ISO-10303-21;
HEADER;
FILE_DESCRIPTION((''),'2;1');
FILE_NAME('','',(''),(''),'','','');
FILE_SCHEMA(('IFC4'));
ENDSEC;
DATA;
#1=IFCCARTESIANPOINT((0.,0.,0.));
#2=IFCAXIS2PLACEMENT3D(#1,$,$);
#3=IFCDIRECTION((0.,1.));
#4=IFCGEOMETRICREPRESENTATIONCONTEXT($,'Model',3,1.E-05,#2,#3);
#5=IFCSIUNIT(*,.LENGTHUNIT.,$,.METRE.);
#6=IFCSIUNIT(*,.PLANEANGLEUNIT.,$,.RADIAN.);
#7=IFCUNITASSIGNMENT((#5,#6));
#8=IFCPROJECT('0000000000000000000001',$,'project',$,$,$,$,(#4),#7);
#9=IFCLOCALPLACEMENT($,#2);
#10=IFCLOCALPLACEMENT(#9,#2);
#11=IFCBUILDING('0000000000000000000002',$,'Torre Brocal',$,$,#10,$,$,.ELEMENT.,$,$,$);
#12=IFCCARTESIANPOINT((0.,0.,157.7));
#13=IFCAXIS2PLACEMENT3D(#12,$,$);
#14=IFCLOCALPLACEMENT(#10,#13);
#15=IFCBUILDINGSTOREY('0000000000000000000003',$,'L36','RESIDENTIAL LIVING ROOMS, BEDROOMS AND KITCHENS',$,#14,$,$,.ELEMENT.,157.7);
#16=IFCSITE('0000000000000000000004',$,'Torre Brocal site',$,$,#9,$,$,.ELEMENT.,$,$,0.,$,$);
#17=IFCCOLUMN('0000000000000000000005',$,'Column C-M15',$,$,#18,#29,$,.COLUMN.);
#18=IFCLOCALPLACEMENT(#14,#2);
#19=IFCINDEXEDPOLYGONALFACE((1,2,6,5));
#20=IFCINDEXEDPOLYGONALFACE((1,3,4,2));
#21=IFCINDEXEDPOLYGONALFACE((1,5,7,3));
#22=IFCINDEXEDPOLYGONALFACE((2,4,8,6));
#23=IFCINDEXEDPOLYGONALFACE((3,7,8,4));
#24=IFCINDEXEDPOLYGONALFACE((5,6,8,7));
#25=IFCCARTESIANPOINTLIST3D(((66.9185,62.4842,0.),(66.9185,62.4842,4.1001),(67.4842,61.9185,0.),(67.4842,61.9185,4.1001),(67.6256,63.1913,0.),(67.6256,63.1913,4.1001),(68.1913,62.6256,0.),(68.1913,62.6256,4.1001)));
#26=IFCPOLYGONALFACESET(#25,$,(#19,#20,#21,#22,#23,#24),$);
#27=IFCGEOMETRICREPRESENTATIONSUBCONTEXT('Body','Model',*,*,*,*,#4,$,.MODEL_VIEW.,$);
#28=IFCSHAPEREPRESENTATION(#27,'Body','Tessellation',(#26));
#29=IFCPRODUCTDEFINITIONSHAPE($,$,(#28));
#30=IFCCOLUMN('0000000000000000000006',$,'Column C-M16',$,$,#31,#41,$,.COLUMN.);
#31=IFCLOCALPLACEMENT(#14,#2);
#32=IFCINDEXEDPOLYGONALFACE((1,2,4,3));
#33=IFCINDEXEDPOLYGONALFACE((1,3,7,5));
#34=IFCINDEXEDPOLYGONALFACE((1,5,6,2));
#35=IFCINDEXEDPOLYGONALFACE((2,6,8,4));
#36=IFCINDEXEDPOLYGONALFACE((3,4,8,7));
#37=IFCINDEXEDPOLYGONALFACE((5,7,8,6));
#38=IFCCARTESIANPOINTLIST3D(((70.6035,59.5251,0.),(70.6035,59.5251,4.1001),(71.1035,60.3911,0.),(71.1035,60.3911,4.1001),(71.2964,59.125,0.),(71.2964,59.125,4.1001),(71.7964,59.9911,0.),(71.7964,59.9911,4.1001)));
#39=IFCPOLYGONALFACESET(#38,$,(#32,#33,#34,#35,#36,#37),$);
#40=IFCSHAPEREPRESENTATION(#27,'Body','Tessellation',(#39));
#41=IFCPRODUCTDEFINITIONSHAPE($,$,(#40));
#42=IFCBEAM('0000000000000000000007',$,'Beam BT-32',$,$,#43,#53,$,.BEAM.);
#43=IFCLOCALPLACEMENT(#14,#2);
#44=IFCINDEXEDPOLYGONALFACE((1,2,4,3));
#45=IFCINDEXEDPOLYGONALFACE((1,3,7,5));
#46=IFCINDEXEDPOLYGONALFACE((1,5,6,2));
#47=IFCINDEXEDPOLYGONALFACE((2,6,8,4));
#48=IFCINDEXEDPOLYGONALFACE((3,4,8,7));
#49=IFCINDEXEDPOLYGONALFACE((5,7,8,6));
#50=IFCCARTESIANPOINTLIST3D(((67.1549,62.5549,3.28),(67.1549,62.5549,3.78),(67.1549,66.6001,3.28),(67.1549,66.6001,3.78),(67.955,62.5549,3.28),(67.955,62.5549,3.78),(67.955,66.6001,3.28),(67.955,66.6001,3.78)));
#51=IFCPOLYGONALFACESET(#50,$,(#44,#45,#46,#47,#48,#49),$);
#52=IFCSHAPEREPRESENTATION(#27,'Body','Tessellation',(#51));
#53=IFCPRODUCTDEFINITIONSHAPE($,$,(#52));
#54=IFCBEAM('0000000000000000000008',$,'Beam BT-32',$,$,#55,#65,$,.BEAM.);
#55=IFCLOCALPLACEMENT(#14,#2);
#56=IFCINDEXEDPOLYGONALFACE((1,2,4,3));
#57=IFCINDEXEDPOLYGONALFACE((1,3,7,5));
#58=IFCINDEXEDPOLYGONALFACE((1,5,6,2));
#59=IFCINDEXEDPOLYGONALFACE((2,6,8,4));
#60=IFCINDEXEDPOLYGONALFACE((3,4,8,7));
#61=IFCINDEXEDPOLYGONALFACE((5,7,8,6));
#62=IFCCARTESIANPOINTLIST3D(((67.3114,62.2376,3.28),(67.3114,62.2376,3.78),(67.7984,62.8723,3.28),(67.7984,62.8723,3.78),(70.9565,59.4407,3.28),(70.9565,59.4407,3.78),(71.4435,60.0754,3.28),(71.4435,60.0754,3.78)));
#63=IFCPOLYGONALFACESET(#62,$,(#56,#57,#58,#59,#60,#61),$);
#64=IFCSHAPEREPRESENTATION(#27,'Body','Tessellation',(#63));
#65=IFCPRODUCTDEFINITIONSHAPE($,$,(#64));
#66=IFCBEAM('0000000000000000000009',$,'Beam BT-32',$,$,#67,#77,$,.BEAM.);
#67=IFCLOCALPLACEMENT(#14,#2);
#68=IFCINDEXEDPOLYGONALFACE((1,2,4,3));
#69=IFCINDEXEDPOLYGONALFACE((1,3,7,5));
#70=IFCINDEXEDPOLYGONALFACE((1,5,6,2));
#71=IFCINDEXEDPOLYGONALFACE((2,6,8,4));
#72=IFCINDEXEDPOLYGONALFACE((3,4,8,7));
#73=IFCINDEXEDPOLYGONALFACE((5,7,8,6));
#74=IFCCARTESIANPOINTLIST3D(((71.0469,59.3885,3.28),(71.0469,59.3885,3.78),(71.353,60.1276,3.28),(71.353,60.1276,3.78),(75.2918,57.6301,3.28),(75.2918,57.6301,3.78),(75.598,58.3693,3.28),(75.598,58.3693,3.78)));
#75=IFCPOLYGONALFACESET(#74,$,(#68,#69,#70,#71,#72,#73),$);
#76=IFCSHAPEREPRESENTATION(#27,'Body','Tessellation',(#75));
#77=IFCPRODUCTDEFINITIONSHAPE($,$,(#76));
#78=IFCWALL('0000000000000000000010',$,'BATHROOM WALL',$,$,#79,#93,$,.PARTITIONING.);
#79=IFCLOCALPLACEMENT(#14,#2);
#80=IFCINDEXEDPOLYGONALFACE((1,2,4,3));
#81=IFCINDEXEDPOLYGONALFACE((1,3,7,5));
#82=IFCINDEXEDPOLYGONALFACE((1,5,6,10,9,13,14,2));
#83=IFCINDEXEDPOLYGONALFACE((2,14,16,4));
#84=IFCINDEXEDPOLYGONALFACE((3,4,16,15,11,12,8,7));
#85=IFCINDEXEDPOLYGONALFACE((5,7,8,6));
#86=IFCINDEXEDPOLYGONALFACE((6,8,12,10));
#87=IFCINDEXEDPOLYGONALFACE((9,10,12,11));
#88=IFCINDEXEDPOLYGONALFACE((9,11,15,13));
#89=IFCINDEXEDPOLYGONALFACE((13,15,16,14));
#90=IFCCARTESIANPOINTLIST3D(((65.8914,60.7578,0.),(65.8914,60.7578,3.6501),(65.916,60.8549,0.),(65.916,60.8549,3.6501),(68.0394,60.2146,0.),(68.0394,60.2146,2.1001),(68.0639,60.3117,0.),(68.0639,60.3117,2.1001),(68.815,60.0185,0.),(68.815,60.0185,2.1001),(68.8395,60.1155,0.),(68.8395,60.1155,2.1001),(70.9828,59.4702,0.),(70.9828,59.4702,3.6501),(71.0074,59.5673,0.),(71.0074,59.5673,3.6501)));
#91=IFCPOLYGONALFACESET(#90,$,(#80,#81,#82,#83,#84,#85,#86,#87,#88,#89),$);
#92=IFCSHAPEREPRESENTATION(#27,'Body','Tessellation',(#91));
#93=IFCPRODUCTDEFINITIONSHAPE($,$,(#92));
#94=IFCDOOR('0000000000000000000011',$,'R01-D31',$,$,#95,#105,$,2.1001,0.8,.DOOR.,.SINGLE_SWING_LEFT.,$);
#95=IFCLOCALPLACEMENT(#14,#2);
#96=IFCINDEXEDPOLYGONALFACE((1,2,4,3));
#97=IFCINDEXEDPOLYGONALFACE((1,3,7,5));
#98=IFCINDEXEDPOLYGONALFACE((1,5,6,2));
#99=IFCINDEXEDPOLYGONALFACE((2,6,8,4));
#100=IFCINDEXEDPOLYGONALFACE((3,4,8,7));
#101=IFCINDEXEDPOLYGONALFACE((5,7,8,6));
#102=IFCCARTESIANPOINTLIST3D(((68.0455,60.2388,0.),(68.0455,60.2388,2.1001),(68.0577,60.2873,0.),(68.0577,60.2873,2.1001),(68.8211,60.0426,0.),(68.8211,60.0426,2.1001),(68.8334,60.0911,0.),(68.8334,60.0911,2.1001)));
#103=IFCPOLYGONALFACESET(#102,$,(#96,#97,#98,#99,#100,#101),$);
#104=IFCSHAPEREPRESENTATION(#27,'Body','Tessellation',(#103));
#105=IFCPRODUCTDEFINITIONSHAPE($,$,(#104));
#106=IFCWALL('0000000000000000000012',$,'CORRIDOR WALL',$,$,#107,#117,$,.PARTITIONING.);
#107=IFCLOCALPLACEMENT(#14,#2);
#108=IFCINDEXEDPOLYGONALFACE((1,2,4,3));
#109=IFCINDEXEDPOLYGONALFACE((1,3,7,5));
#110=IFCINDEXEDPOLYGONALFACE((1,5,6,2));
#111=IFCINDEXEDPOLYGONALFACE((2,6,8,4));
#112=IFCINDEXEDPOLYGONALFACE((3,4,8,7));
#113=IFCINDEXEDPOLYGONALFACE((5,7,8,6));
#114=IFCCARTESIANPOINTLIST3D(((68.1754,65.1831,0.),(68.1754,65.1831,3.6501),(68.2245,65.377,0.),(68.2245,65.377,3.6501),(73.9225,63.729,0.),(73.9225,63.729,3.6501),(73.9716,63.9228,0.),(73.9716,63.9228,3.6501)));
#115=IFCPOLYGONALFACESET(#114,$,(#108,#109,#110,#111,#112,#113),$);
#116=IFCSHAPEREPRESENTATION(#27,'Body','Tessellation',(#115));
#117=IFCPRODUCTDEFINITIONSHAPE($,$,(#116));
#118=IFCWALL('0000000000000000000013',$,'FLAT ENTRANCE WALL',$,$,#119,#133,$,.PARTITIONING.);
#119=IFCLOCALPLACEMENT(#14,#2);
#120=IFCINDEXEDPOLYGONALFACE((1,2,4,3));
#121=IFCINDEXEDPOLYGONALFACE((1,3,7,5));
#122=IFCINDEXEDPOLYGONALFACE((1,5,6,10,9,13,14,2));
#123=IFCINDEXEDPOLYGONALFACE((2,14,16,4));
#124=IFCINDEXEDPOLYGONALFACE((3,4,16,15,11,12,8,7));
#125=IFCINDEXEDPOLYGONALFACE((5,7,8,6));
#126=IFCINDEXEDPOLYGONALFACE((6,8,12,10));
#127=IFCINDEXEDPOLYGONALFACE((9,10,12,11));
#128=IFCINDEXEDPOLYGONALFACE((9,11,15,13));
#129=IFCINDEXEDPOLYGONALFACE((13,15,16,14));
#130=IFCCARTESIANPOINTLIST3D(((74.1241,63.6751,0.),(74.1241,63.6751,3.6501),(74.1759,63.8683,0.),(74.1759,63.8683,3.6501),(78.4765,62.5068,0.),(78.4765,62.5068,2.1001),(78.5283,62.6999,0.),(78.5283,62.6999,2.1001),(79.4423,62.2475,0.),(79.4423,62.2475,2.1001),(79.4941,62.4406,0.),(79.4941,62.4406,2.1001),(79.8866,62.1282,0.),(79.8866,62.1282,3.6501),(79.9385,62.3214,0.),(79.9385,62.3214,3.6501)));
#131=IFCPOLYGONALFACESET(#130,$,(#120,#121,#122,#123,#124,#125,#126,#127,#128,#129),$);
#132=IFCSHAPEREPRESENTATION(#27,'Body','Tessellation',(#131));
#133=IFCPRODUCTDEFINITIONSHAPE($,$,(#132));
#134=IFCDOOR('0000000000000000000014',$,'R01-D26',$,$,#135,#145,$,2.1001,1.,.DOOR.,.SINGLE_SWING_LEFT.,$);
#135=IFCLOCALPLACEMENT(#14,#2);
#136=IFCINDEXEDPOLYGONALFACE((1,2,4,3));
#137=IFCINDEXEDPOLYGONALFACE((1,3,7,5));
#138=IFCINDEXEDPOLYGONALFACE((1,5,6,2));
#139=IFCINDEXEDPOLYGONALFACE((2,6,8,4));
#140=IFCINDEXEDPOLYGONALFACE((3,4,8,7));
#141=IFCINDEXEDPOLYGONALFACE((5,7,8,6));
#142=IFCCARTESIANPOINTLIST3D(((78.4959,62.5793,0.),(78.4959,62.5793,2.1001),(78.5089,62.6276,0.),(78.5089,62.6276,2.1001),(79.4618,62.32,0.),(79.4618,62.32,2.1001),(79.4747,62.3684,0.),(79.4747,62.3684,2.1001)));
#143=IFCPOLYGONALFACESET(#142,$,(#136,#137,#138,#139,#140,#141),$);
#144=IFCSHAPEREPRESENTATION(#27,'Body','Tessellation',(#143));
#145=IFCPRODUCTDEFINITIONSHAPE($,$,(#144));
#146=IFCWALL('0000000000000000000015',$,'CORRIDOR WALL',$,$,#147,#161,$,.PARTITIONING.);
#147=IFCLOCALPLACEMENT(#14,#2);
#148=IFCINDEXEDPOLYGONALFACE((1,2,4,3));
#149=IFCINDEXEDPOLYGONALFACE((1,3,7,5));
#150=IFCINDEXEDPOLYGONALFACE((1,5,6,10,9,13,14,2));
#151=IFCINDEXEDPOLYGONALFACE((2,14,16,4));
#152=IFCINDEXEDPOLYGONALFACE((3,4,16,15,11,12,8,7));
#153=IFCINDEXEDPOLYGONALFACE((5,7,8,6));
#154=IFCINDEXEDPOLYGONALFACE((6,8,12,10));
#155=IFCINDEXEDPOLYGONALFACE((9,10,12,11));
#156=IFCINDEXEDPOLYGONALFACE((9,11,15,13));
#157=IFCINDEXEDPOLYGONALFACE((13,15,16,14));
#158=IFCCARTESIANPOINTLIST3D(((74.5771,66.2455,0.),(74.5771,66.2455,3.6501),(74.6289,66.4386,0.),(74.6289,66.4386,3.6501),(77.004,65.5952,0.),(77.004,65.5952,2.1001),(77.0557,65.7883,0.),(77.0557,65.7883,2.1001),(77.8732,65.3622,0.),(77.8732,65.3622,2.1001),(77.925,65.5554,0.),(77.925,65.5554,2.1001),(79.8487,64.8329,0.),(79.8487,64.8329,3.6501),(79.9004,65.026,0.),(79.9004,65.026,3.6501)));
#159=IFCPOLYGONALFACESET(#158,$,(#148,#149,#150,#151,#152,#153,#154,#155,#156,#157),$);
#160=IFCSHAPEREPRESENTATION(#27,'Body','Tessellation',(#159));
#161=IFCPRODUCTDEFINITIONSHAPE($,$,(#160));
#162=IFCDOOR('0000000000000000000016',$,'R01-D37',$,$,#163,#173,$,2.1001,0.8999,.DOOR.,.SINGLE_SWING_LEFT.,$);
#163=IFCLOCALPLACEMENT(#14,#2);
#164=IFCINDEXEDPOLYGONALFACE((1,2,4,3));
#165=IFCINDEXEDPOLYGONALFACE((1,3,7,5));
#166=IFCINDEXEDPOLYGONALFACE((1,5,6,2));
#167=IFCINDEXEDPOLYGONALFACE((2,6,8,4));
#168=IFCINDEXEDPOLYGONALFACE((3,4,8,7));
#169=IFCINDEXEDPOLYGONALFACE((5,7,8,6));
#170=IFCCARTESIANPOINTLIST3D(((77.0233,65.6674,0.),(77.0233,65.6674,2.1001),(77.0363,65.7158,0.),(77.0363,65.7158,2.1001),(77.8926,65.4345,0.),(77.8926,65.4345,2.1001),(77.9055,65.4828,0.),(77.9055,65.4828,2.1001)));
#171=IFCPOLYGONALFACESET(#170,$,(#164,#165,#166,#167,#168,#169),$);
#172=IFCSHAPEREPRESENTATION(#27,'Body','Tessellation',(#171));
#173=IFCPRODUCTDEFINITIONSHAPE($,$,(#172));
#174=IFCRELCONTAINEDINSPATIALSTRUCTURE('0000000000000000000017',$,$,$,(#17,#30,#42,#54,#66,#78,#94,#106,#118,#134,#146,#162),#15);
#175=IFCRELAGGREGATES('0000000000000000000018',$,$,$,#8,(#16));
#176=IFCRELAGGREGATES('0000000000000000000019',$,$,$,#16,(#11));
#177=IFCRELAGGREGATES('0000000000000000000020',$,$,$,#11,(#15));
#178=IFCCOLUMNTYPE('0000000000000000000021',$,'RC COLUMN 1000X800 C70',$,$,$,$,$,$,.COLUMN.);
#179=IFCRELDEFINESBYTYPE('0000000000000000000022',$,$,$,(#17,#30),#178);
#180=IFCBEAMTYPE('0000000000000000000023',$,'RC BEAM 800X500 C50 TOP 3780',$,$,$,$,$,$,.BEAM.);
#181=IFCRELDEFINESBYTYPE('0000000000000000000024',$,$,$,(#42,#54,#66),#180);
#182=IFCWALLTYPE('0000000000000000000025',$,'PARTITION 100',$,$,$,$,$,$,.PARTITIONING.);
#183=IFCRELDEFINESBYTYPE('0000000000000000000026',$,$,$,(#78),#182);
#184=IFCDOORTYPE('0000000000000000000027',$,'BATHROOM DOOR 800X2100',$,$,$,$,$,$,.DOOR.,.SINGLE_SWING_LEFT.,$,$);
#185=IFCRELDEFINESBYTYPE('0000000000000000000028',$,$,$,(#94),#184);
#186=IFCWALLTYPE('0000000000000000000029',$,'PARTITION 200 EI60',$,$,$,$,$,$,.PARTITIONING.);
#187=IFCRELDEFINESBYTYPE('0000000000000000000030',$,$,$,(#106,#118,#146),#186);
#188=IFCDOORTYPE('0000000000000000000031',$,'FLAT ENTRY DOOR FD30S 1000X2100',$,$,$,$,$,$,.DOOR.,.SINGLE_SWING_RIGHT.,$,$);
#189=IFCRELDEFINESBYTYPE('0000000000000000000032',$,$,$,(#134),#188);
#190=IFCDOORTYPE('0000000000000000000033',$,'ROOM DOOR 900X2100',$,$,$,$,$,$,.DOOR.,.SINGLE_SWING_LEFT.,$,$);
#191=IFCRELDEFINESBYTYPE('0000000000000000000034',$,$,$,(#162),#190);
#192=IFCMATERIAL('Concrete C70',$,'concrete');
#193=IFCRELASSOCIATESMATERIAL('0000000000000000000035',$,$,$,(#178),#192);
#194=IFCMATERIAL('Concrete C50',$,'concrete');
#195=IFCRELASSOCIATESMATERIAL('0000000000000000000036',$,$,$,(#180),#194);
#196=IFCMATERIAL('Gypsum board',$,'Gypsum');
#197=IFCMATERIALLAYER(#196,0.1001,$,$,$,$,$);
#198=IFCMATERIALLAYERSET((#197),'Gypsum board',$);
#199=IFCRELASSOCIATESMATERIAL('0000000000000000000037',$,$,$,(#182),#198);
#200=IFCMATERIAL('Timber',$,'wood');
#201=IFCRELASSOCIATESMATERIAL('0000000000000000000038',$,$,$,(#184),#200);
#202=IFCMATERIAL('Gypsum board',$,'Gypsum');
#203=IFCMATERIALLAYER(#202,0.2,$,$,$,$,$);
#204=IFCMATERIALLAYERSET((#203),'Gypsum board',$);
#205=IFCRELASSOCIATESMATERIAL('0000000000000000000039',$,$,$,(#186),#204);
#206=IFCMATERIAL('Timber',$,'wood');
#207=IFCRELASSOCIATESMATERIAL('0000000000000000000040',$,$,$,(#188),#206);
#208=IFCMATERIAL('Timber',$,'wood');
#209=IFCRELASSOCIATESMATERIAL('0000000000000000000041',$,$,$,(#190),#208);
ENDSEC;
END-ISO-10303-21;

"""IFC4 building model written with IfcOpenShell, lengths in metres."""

from ifc_helpers import new_model, si_unit, direction, frame, frame_2d, origin, origin_2d, place, context, subcontext, project, spatial, rectangle, extrude, material, layer, layer_set, material_profile, profile_set, type_object, element, fill, save


model = new_model("IFC4")

# Units and contexts
model_context = context("Model", 3, precision=1e-05, world=origin(), true_north=direction((0.0, 1.0)))
body_context = subcontext(model_context, "Body", "Model", "MODEL_VIEW")
ifc_project = project(units=[si_unit("LENGTHUNIT", "METRE"), si_unit("PLANEANGLEUNIT", "RADIAN")], contexts=[model_context])

# Site, building, storey
site_placement = place(None, origin())
site = spatial("IfcSite", under=ifc_project, at=site_placement, Name="Torre Brocal site", CompositionType="ELEMENT", RefElevation=0.0)
building_placement = place(site_placement, origin())
building = spatial("IfcBuilding", under=site, at=building_placement, Name="Torre Brocal", CompositionType="ELEMENT")
storey_placement = place(building_placement, frame((0.0, 0.0, 157.7)))
storey = spatial("IfcBuildingStorey", under=building, at=storey_placement, Name="L36", Description="RESIDENTIAL LIVING ROOMS, BEDROOMS AND KITCHENS", CompositionType="ELEMENT", Elevation=157.7)

# Columns
ifc_material_1 = material(Name="Concrete C70", Category="concrete")
ifc_material_profile_1 = material_profile(ifc_material_1, rectangle(XDim=1.0, YDim=0.8, at=origin_2d()), Name="RC 1000X800")
ifc_profile_set_1 = profile_set([ifc_material_profile_1], Name="Concrete C70")
column_type = type_object("IfcColumnType", Name="RC COLUMN 1000X800 C70", PredefinedType="COLUMN", material=ifc_profile_set_1)
for number, where, z_axis, x_axis, name in (
    (1, (67.5549, 62.5549, 0.0), (0.0, 0.0, 1.0), (-0.707107, -0.707107, 0.0), "Column C-M15"),
    (2, (71.2, 59.7581, 0.0), (0.0, 0.0, 1.0), (-0.5, -0.866025, 0.0), "Column C-M16"),
):
    element("IfcColumn", number, at=place(storey_placement, frame(where, z_axis=z_axis, x_axis=x_axis)), inside=storey, type_object=column_type, Name=name, PredefinedType="COLUMN", context=body_context, shape_type="SweptSolid", body=[
        extrude(rectangle(XDim=1.0, YDim=0.8, at=origin_2d()), origin(), (0.0, 0.0, 1.0), 4.1001),
    ])

# Beams
ifc_material_2 = material(Name="Concrete C50", Category="concrete")
ifc_material_profile_2 = material_profile(ifc_material_2, rectangle(XDim=0.8, YDim=0.5, at=origin_2d()), Name="RC 800X500")
ifc_profile_set_2 = profile_set([ifc_material_profile_2], Name="Concrete C50")
beam_type = type_object("IfcBeamType", Name="RC BEAM 800X500 C50 TOP 3780", PredefinedType="BEAM", material=ifc_profile_set_2)
beam_1_placement = place(storey_placement, frame((67.5549, 62.5549, 3.53), z_axis=(0.0, 1.0, 0.0), x_axis=(-1.0, 0.0, 0.0)))
element("IfcBeam", 3, at=beam_1_placement, inside=storey, type_object=beam_type, Name="Beam BT-32", PredefinedType="BEAM", context=body_context, shape_type="SweptSolid", body=[
    extrude(rectangle(XDim=0.8, YDim=0.5, at=origin_2d()), origin(), (0.0, 0.0, 1.0), 4.0452),
])
beam_2_placement = place(storey_placement, frame((67.5549, 62.5549, 3.53), z_axis=(0.793358, -0.608755, 0.0), x_axis=(0.608755, 0.793358, 0.0)))
element("IfcBeam", 4, at=beam_2_placement, inside=storey, type_object=beam_type, Name="Beam BT-32", PredefinedType="BEAM", context=body_context, shape_type="SweptSolid", body=[
    extrude(rectangle(XDim=0.8, YDim=0.5, at=origin_2d()), origin(), (0.0, 0.0, 1.0), 4.5945),
])
beam_3_placement = place(storey_placement, frame((71.2, 59.7581, 3.53), z_axis=(0.923878, -0.382687, 0.0), x_axis=(0.382687, 0.923878, 0.0)))
element("IfcBeam", 5, at=beam_3_placement, inside=storey, type_object=beam_type, Name="Beam BT-32", PredefinedType="BEAM", context=body_context, shape_type="SweptSolid", body=[
    extrude(rectangle(XDim=0.8, YDim=0.5, at=origin_2d()), origin(), (0.0, 0.0, 1.0), 4.5947),
])

# Wall, opening, door
ifc_material_3 = material(Name="Gypsum board", Category="Gypsum")
ifc_layer_1 = layer(ifc_material_3, 0.1001)
ifc_layer_set_1 = layer_set([ifc_layer_1], Name="Gypsum board")
wall_type_1 = type_object("IfcWallType", Name="PARTITION 100", PredefinedType="PARTITIONING", material=ifc_layer_set_1)
wall_1_placement = place(storey_placement, frame((65.9036, 60.8064, 0.0), z_axis=(0.0, 0.0, 1.0), x_axis=(0.969477, -0.245182, 0.0)))
wall_1 = element("IfcWall", 6, at=wall_1_placement, inside=storey, type_object=wall_type_1, Name="BATHROOM WALL", PredefinedType="PARTITIONING", context=body_context, shape_type="SweptSolid", body=[
    extrude(rectangle(XDim=5.2517, YDim=0.1001, at=frame_2d((2.626, 0.0))), origin(), (0.0, 0.0, 1.0), 3.6501),
])
opening_1_placement = place(wall_1_placement, frame((2.2158, 0.0, 0.0)))
opening_1 = element("IfcOpeningElement", 7, at=opening_1_placement, cuts=wall_1, PredefinedType="OPENING", context=body_context, shape_type="SweptSolid", body=[
    extrude(rectangle(XDim=0.8, YDim=2.1001, at=frame_2d((0.3999, 1.05))), frame((0.0, 0.0601, 0.0), z_axis=(0.0, -1.0, 0.0), x_axis=(1.0, 0.0, 0.0)), (0.0, 0.0, 1.0), 0.1201),
])
ifc_material_4 = material(Name="Timber", Category="wood")
door_type_1 = type_object("IfcDoorType", Name="BATHROOM DOOR 800X2100", OperationType="SINGLE_SWING_LEFT", PredefinedType="DOOR", material=ifc_material_4)
door_1_placement = place(opening_1_placement, origin())
door_1 = element("IfcDoor", 8, at=door_1_placement, inside=storey, type_object=door_type_1, Name="R01-D31", OperationType="SINGLE_SWING_LEFT", OverallHeight=2.1001, OverallWidth=0.8, PredefinedType="DOOR", context=body_context, shape_type="SweptSolid", body=[
    extrude(rectangle(XDim=0.8, YDim=2.1001, at=frame_2d((0.3999, 1.05))), frame((0.0, 0.0249, 0.0), z_axis=(0.0, -1.0, 0.0), x_axis=(1.0, 0.0, 0.0)), (0.0, 0.0, 1.0), 0.05),
])
fill(opening_1, door_1)

# Wall
ifc_material_5 = material(Name="Gypsum board", Category="Gypsum")
ifc_layer_2 = layer(ifc_material_5, 0.2)
ifc_layer_set_2 = layer_set([ifc_layer_2], Name="Gypsum board")
wall_type_2 = type_object("IfcWallType", Name="PARTITION 200 EI60", PredefinedType="PARTITIONING", material=ifc_layer_set_2)
wall_2_placement = place(storey_placement, frame((68.2, 65.28, 0.0), z_axis=(0.0, 0.0, 1.0), x_axis=(0.969451, -0.245287, 0.0)))
element("IfcWall", 9, at=wall_2_placement, inside=storey, type_object=wall_type_2, Name="CORRIDOR WALL", PredefinedType="PARTITIONING", context=body_context, shape_type="SweptSolid", body=[
    extrude(rectangle(XDim=5.9282, YDim=0.2, at=frame_2d((2.9641, 0.0))), origin(), (0.0, 0.0, 1.0), 3.6501),
])

# Walls, openings, doors
wall_3_placement = place(storey_placement, frame((74.1499, 63.7717, 0.0), z_axis=(0.0, 0.0, 1.0), x_axis=(0.965807, -0.259262, 0.0)))
wall_3 = element("IfcWall", 10, at=wall_3_placement, inside=storey, type_object=wall_type_2, Name="FLAT ENTRANCE WALL", PredefinedType="PARTITIONING", context=body_context, shape_type="SweptSolid", body=[
    extrude(rectangle(XDim=5.9666, YDim=0.2, at=frame_2d((2.9834, 0.0))), origin(), (0.0, 0.0, 1.0), 3.6501),
])
opening_2_placement = place(wall_3_placement, frame((4.5066, 0.0, 0.0)))
opening_2 = element("IfcOpeningElement", 11, at=opening_2_placement, cuts=wall_3, PredefinedType="OPENING", context=body_context, shape_type="SweptSolid", body=[
    extrude(rectangle(XDim=1.0, YDim=2.1001, at=frame_2d((0.5, 1.05))), frame((0.0, 0.1099, 0.0), z_axis=(0.0, -1.0, 0.0), x_axis=(1.0, 0.0, 0.0)), (0.0, 0.0, 1.0), 0.22),
])
ifc_material_6 = material(Name="Timber", Category="wood")
door_type_2 = type_object("IfcDoorType", Name="FLAT ENTRY DOOR FD30S 1000X2100", OperationType="SINGLE_SWING_RIGHT", PredefinedType="DOOR", material=ifc_material_6)
door_2_placement = place(opening_2_placement, frame((1.0, 0.0, 0.0), z_axis=(0.0, 0.0, 1.0), x_axis=(-1.0, 0.0, 0.0)))
door_2 = element("IfcDoor", 12, at=door_2_placement, inside=storey, type_object=door_type_2, Name="R01-D26", OperationType="SINGLE_SWING_LEFT", OverallHeight=2.1001, OverallWidth=1.0, PredefinedType="DOOR", context=body_context, shape_type="SweptSolid", body=[
    extrude(rectangle(XDim=1.0, YDim=2.1001, at=frame_2d((0.5, 1.05))), frame((0.0, 0.0249, 0.0), z_axis=(0.0, -1.0, 0.0), x_axis=(1.0, 0.0, 0.0)), (0.0, 0.0, 1.0), 0.05),
])
fill(opening_2, door_2)
wall_4_placement = place(storey_placement, frame((74.603, 66.342, 0.0), z_axis=(0.0, 0.0, 1.0), x_axis=(0.965921, -0.258837, 0.0)))
wall_4 = element("IfcWall", 13, at=wall_4_placement, inside=storey, type_object=wall_type_2, Name="CORRIDOR WALL", PredefinedType="PARTITIONING", context=body_context, shape_type="SweptSolid", body=[
    extrude(rectangle(XDim=5.4575, YDim=0.2, at=frame_2d((2.7288, 0.0))), origin(), (0.0, 0.0, 1.0), 3.6501),
])
opening_3_placement = place(wall_4_placement, frame((2.5125, 0.0, 0.0)))
opening_3 = element("IfcOpeningElement", 14, at=opening_3_placement, cuts=wall_4, PredefinedType="OPENING", context=body_context, shape_type="SweptSolid", body=[
    extrude(rectangle(XDim=0.8999, YDim=2.1001, at=frame_2d((0.45, 1.05))), frame((0.0, 0.1099, 0.0), z_axis=(0.0, -1.0, 0.0), x_axis=(1.0, 0.0, 0.0)), (0.0, 0.0, 1.0), 0.22),
])
ifc_material_7 = material(Name="Timber", Category="wood")
door_type_3 = type_object("IfcDoorType", Name="ROOM DOOR 900X2100", OperationType="SINGLE_SWING_LEFT", PredefinedType="DOOR", material=ifc_material_7)
door_3_placement = place(opening_3_placement, origin())
door_3 = element("IfcDoor", 15, at=door_3_placement, inside=storey, type_object=door_type_3, Name="R01-D37", OperationType="SINGLE_SWING_LEFT", OverallHeight=2.1001, OverallWidth=0.8999, PredefinedType="DOOR", context=body_context, shape_type="SweptSolid", body=[
    extrude(rectangle(XDim=0.8999, YDim=2.1001, at=frame_2d((0.45, 1.05))), frame((0.0, 0.0249, 0.0), z_axis=(0.0, -1.0, 0.0), x_axis=(1.0, 0.0, 0.0)), (0.0, 0.0, 1.0), 0.05),
])
fill(opening_3, door_3)

save(model, "model.ifc")
